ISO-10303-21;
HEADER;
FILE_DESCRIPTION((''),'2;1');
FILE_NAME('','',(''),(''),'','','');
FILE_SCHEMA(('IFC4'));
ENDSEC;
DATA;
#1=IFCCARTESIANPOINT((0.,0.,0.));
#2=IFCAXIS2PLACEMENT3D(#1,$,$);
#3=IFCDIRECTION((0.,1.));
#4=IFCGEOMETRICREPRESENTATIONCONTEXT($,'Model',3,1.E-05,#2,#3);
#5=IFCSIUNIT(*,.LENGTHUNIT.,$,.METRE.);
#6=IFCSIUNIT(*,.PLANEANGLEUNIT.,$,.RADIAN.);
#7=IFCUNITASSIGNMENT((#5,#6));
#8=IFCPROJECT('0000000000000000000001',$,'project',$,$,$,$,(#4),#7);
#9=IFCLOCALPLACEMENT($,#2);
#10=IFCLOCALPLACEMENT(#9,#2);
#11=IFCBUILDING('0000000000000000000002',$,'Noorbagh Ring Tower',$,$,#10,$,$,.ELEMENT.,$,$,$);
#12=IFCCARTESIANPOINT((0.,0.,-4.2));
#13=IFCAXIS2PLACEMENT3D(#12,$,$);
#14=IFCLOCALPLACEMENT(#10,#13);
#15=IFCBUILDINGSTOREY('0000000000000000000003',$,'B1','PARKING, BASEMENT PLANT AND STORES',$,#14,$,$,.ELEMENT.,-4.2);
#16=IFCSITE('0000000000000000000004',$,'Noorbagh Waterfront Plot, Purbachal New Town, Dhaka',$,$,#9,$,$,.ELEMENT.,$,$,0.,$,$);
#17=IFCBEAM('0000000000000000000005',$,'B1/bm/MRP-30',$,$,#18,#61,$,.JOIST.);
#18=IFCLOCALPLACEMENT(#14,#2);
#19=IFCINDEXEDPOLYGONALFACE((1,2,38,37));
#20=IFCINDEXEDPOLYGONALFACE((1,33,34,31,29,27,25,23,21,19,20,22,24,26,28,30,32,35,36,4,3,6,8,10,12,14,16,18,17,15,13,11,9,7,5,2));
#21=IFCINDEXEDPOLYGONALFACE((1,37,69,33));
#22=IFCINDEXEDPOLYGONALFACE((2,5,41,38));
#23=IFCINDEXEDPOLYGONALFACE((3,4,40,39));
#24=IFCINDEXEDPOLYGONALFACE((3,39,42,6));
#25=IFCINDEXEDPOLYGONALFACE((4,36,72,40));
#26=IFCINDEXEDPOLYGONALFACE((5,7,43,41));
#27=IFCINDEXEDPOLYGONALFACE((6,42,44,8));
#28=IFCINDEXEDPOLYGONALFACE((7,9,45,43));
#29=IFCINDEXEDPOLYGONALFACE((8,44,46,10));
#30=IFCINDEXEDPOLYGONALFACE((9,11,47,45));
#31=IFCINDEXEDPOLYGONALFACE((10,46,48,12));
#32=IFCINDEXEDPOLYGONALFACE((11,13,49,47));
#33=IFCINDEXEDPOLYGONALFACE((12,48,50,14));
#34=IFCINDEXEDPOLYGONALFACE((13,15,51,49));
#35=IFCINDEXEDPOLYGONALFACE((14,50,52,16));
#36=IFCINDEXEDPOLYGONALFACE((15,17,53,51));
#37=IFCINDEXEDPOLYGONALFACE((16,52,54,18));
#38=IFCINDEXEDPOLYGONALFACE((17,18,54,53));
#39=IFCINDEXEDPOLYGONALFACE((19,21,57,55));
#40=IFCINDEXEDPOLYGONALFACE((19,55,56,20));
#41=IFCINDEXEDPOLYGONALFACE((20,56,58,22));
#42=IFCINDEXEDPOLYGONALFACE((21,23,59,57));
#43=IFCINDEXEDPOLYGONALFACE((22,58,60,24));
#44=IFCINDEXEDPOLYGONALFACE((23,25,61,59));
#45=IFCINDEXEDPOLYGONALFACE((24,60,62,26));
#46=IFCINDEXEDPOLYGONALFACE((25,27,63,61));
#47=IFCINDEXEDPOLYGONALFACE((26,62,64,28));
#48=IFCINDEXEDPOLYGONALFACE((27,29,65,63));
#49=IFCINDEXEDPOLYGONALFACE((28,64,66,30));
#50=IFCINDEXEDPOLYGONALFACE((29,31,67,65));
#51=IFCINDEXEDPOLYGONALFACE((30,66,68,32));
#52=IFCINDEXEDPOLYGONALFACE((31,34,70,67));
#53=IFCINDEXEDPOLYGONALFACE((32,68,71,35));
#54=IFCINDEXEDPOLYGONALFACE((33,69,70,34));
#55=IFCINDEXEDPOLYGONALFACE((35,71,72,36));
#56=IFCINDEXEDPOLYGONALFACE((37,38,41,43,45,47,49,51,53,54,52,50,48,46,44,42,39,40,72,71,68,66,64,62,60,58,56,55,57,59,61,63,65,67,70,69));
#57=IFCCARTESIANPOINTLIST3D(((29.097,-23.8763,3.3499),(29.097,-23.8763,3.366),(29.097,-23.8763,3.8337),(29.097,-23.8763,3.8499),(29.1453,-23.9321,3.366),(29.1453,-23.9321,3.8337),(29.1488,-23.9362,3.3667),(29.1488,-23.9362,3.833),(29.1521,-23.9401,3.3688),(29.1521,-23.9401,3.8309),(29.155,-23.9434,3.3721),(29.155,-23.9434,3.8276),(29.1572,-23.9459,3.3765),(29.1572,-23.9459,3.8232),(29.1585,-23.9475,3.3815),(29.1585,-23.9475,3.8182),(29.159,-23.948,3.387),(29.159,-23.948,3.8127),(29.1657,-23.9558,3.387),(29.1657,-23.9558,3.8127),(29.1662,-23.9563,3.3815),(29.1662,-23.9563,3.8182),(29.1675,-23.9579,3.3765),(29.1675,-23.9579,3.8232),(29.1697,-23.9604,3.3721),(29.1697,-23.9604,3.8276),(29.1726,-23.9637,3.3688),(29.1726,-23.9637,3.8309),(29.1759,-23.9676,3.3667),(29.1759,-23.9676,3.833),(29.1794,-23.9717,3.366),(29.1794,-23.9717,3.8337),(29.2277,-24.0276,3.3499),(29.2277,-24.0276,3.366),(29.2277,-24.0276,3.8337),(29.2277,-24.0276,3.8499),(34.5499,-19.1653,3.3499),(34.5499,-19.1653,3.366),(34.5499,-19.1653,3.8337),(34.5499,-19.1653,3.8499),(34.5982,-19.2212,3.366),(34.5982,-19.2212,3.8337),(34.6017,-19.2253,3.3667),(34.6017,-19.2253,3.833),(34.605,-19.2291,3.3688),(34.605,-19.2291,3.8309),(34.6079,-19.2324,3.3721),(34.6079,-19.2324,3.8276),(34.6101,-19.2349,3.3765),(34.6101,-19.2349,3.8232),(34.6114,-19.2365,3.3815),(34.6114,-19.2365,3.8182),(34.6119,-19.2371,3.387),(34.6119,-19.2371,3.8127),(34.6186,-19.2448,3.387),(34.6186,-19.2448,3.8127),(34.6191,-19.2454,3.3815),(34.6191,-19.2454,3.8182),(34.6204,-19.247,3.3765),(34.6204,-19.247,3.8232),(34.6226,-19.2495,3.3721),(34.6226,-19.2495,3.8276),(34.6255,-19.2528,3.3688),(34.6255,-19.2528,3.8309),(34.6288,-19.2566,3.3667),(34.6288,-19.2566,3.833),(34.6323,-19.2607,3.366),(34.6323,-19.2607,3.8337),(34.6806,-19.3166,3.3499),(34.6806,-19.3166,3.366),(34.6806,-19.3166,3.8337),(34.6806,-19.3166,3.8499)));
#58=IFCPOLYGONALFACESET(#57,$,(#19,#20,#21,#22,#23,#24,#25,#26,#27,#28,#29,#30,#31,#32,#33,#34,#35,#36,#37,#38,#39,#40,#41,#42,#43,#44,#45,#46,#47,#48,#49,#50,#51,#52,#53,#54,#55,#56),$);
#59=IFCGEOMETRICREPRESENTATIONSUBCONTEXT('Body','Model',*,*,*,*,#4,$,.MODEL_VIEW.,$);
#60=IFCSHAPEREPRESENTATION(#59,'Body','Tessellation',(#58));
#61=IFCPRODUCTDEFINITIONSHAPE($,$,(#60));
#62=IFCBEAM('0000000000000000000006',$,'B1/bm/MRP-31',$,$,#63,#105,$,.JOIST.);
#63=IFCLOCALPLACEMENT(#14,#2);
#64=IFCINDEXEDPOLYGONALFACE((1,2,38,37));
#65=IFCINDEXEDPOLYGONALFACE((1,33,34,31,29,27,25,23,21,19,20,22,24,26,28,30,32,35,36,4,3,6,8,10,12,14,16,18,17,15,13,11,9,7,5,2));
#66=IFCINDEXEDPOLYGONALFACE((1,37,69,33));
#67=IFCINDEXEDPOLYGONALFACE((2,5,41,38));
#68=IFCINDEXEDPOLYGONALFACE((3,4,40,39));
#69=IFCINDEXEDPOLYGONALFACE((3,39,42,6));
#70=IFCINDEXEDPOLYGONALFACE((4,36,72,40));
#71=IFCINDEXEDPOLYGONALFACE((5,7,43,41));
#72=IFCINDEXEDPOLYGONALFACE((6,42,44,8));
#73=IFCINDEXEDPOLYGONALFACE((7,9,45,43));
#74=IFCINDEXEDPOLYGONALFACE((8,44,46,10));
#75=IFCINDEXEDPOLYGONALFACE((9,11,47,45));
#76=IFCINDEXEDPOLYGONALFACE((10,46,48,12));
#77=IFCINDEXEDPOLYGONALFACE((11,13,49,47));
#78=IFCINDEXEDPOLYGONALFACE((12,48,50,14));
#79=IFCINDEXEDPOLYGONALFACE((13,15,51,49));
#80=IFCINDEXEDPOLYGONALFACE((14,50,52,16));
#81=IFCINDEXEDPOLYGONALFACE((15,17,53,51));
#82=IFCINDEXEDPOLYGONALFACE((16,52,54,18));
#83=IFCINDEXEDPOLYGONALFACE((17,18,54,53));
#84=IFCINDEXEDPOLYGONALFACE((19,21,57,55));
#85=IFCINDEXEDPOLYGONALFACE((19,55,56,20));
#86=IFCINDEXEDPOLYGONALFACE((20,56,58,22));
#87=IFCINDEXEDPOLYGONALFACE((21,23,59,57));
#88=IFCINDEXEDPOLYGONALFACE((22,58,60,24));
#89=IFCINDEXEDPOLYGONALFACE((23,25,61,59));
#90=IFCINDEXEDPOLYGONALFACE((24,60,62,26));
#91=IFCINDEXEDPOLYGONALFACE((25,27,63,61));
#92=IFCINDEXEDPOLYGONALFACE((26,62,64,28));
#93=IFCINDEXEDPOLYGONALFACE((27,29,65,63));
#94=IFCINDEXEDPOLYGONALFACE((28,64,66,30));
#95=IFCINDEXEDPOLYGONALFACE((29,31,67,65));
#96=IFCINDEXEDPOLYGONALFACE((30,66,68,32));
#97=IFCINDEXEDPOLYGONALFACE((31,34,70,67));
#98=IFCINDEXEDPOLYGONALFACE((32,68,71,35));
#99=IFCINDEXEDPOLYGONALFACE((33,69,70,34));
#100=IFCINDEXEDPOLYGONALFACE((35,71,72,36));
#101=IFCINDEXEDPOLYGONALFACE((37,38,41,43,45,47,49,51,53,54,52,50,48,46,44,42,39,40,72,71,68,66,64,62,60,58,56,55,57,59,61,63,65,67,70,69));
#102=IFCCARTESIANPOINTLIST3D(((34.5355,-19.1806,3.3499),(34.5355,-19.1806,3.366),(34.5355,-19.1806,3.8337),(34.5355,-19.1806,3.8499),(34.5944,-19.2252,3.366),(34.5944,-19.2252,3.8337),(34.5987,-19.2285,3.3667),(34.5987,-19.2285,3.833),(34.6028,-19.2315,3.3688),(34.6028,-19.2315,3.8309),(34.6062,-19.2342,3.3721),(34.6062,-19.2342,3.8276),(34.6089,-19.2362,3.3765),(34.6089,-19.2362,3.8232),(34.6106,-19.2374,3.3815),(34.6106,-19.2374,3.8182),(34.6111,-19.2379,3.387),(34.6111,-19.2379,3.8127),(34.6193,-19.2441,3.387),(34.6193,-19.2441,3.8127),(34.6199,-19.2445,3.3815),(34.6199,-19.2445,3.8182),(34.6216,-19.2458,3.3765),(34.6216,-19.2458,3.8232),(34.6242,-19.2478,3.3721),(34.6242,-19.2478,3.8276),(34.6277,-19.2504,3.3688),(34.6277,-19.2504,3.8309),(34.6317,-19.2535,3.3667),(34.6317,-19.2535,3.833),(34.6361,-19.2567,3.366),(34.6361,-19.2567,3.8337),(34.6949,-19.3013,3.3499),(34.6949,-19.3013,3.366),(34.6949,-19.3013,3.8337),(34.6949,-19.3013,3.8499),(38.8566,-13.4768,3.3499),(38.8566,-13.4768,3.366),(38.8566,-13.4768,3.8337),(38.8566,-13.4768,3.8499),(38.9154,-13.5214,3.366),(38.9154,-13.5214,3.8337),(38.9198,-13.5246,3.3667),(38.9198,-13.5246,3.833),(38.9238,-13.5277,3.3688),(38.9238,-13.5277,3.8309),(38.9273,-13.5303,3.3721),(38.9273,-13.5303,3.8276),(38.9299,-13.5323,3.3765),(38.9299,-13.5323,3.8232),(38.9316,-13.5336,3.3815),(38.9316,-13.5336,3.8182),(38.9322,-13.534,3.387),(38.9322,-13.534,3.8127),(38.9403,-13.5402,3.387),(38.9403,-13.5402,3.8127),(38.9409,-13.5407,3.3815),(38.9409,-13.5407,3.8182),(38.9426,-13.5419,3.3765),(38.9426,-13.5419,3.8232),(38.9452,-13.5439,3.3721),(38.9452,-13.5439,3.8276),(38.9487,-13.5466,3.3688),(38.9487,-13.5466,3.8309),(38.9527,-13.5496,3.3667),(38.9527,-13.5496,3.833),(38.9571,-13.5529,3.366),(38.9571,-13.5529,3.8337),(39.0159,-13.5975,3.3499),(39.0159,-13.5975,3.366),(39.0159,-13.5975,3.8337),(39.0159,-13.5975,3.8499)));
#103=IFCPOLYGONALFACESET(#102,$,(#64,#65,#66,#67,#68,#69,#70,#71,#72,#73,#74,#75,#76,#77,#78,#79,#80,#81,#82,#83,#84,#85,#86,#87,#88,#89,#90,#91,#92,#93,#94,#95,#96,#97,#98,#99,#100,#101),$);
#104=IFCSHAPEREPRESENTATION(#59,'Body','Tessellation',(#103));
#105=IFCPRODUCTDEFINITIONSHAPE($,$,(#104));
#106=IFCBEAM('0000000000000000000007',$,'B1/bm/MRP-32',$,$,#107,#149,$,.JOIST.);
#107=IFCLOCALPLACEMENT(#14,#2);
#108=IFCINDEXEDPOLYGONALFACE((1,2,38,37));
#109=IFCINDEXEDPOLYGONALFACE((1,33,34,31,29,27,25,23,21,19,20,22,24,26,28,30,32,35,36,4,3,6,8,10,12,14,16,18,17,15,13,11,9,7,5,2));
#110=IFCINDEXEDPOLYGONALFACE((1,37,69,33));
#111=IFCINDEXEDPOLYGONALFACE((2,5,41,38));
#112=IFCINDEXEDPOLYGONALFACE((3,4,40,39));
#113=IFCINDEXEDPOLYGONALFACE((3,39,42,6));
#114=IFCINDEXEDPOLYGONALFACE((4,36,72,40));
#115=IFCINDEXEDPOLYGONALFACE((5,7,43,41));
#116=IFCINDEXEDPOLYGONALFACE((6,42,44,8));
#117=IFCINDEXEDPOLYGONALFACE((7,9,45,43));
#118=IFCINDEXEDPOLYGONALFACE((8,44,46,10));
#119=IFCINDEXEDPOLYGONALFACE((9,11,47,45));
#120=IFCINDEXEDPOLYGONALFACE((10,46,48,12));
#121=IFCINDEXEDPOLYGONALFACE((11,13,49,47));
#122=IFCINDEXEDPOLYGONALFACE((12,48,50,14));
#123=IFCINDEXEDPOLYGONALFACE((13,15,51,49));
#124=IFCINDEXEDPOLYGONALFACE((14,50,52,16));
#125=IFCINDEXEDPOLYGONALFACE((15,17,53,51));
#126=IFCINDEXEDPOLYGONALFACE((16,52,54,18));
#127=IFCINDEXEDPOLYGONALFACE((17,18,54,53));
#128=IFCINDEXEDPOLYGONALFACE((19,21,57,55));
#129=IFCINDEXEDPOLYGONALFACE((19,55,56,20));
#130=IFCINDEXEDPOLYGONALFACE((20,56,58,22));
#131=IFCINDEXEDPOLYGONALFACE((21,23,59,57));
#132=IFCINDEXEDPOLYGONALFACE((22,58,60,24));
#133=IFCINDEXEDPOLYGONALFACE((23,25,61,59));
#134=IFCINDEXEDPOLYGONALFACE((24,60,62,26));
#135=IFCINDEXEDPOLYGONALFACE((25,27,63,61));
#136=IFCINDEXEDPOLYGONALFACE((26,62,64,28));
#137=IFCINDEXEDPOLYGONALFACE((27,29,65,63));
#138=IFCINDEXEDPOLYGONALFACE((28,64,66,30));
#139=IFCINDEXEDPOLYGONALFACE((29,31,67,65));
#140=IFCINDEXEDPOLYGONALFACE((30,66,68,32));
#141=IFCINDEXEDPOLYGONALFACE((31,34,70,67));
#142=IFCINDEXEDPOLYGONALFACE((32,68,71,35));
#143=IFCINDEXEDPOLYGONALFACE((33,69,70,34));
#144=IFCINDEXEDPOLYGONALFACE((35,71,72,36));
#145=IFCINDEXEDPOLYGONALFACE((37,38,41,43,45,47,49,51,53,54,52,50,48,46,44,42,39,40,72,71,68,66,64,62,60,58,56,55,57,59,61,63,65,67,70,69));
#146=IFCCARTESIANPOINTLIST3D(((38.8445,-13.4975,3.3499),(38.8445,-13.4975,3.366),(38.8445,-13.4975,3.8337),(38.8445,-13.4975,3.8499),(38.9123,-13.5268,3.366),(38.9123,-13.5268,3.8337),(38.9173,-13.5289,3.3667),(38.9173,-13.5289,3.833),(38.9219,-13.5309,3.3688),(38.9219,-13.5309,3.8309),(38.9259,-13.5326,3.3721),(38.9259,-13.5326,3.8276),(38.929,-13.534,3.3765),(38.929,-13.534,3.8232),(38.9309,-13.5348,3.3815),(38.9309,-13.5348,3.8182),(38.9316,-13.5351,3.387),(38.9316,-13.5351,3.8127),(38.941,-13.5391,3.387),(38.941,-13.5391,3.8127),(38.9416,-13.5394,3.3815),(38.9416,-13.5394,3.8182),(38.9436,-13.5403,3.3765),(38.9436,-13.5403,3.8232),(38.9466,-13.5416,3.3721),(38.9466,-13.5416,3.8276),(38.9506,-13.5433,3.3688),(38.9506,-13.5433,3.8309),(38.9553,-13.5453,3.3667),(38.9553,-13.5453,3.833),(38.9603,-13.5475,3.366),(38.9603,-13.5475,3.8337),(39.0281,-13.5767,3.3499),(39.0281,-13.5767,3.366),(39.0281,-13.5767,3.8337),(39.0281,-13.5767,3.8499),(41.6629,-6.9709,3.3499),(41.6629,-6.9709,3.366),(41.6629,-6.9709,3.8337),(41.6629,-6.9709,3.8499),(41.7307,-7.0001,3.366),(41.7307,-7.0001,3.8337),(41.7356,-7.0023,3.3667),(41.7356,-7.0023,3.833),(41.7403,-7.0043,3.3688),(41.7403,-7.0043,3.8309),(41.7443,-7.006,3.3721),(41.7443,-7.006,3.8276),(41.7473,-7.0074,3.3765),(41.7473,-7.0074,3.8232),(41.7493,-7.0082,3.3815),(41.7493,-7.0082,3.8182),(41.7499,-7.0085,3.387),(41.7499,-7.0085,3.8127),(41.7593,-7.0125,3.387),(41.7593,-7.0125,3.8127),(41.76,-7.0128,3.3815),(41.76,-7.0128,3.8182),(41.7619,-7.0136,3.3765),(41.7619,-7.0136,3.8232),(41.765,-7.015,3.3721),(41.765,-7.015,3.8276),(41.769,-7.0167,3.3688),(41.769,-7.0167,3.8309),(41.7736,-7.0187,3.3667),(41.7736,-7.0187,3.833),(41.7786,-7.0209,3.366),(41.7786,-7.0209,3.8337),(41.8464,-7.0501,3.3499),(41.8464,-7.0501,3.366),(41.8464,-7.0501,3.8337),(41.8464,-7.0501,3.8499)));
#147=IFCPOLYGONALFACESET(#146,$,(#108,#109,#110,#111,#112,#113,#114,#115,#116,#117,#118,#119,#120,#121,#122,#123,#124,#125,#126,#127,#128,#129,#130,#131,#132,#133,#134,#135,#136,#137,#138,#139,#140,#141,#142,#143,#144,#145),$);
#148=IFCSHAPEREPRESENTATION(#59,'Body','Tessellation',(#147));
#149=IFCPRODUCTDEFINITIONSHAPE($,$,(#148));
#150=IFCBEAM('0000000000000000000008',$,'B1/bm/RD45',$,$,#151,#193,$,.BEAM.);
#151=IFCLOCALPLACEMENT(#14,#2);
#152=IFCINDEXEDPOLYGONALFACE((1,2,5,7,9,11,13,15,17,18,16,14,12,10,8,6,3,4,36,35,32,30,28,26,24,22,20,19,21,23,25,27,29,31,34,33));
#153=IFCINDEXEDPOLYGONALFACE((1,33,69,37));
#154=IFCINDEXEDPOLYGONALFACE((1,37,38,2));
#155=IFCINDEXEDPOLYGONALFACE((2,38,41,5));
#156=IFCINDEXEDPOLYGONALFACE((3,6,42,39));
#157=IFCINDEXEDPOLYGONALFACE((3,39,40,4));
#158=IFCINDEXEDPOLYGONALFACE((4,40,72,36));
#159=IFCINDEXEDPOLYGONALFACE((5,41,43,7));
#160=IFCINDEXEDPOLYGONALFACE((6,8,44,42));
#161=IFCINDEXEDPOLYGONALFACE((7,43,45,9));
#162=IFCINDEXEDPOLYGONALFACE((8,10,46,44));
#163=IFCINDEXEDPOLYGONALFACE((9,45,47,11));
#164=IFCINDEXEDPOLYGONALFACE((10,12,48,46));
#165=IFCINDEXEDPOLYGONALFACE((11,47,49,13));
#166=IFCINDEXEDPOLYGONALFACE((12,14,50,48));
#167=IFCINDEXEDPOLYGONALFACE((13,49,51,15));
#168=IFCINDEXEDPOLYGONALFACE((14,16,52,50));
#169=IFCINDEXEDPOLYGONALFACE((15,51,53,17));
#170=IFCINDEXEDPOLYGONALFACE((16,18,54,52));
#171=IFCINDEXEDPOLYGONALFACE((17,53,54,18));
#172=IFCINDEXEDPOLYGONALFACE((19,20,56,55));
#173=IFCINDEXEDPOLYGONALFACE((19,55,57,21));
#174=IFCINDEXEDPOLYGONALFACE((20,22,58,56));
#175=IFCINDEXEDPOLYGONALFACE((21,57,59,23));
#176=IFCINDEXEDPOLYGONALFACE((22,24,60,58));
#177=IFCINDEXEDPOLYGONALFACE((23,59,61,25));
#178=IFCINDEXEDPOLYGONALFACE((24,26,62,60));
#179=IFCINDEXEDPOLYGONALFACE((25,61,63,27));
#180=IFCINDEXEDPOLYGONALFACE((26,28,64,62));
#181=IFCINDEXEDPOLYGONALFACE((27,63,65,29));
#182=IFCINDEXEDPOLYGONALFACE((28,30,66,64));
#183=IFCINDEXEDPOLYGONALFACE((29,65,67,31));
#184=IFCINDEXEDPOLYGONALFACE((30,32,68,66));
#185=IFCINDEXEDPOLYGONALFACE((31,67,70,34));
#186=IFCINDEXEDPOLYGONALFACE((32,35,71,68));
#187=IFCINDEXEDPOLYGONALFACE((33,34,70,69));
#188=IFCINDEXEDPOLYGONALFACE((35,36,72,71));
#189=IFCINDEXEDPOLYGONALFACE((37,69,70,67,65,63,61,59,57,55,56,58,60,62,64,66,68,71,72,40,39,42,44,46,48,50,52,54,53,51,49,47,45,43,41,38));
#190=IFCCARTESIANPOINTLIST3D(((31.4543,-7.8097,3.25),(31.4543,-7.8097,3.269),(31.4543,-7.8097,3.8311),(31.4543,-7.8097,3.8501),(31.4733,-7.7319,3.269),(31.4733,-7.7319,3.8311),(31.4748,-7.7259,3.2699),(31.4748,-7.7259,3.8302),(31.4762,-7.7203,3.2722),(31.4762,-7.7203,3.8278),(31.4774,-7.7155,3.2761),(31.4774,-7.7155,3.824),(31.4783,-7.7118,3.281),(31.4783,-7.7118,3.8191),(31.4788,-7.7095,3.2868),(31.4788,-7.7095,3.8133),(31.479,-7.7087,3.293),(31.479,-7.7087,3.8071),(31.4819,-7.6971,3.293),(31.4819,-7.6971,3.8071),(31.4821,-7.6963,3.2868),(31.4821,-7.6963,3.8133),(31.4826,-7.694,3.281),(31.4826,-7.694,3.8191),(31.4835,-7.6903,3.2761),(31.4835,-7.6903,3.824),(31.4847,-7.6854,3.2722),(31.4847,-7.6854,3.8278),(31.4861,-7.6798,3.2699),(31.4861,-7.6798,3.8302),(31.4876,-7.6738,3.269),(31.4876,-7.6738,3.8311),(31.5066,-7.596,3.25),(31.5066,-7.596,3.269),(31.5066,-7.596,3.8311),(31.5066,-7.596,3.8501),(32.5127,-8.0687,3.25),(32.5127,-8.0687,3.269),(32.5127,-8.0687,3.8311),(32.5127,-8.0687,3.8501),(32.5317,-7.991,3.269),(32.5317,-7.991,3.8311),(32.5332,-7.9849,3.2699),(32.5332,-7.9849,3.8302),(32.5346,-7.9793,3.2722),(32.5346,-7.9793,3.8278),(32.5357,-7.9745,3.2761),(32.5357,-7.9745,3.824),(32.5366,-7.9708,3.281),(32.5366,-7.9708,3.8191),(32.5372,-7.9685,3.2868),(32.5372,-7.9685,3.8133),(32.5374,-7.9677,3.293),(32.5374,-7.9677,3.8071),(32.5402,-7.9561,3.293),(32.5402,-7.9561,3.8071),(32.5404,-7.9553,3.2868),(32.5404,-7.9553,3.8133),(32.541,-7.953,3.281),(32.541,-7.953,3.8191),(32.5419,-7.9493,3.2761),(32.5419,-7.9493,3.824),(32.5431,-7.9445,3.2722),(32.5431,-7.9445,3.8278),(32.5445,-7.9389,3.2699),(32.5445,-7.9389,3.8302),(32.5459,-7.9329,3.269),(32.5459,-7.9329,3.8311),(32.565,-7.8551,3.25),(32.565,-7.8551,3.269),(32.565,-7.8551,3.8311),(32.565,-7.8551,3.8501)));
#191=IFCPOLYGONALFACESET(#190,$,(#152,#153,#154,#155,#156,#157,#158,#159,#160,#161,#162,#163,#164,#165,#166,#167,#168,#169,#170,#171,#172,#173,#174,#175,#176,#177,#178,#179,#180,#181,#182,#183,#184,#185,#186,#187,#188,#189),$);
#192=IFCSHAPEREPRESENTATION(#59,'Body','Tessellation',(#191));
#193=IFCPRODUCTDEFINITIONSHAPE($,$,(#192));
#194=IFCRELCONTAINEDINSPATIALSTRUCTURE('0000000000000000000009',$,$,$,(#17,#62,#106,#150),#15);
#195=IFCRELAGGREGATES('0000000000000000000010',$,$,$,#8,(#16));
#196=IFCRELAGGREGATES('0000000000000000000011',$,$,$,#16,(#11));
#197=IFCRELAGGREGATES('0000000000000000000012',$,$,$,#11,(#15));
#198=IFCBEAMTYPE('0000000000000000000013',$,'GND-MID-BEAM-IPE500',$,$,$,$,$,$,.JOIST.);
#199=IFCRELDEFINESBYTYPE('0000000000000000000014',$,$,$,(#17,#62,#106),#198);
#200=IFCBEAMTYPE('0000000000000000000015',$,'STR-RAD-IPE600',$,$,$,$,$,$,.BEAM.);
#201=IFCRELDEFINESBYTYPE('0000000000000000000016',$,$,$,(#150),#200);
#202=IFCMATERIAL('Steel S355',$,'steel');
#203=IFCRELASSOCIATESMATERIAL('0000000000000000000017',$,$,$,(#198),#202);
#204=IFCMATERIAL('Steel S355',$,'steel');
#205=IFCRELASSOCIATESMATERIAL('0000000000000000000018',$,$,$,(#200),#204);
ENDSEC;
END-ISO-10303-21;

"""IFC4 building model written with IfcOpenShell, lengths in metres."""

from ifc_helpers import new_model, si_unit, direction, frame, origin, origin_2d, place, context, subcontext, project, spatial, i_section, extrude, material, material_profile, profile_set, type_object, element, save


model = new_model("IFC4")

# Units and contexts
model_context = context("Model", 3, precision=1e-05, world=origin(), true_north=direction((0.0, 1.0)))
body_context = subcontext(model_context, "Body", "Model", "MODEL_VIEW")
ifc_project = project(units=[si_unit("LENGTHUNIT", "METRE"), si_unit("PLANEANGLEUNIT", "RADIAN")], contexts=[model_context])

# Site, building, storey
site_placement = place(None, origin())
site = spatial("IfcSite", under=ifc_project, at=site_placement, Name="Noorbagh Waterfront Plot, Purbachal New Town, Dhaka", CompositionType="ELEMENT", RefElevation=0.0)
building_placement = place(site_placement, origin())
building = spatial("IfcBuilding", under=site, at=building_placement, Name="Noorbagh Ring Tower", CompositionType="ELEMENT")
storey_placement = place(building_placement, frame((0.0, 0.0, -4.2)))
storey = spatial("IfcBuildingStorey", under=building, at=storey_placement, Name="B1", Description="PARKING, BASEMENT PLANT AND STORES", CompositionType="ELEMENT", Elevation=-4.2)

# Beams
ifc_material_1 = material(Name="Steel S355", Category="steel")
ifc_material_profile_1 = material_profile(ifc_material_1, i_section(OverallWidth=0.2, OverallDepth=0.5, WebThickness=0.0103, FlangeThickness=0.0161, FilletRadius=0.021, at=origin_2d()), Name="IPE500")
ifc_profile_set_1 = profile_set([ifc_material_profile_1], Name="Steel S355")
beam_type_1 = type_object("IfcBeamType", Name="GND-MID-BEAM-IPE500", PredefinedType="JOIST", material=ifc_profile_set_1)
beam_1_placement = place(storey_placement, frame((29.1624, -23.9519, 3.5999), z_axis=(0.756711, 0.65375, 0.0), x_axis=(-0.65375, 0.756711, 0.0)))
element("IfcBeam", 1, at=beam_1_placement, inside=storey, type_object=beam_type_1, Name="B1/bm/MRP-30", PredefinedType="JOIST", context=body_context, shape_type="SweptSolid", body=[
    extrude(i_section(OverallWidth=0.2, OverallDepth=0.5, WebThickness=0.0103, FlangeThickness=0.0161, FilletRadius=0.021, at=origin_2d()), origin(), (0.0, 0.0, 1.0), 7.2061),
])
beam_2_placement = place(storey_placement, frame((34.6152, -19.241, 3.5999), z_axis=(0.603852, 0.797096, 0.0), x_axis=(-0.797096, 0.603852, 0.0)))
element("IfcBeam", 2, at=beam_2_placement, inside=storey, type_object=beam_type_1, Name="B1/bm/MRP-31", PredefinedType="JOIST", context=body_context, shape_type="SweptSolid", body=[
    extrude(i_section(OverallWidth=0.2, OverallDepth=0.5, WebThickness=0.0103, FlangeThickness=0.0161, FilletRadius=0.021, at=origin_2d()), origin(), (0.0, 0.0, 1.0), 7.1558),
])
beam_3_placement = place(storey_placement, frame((38.9363, -13.5371, 3.5999), z_axis=(0.396442, 0.91806, 0.0), x_axis=(-0.91806, 0.396442, 0.0)))
element("IfcBeam", 3, at=beam_3_placement, inside=storey, type_object=beam_type_1, Name="B1/bm/MRP-32", PredefinedType="JOIST", context=body_context, shape_type="SweptSolid", body=[
    extrude(i_section(OverallWidth=0.2, OverallDepth=0.5, WebThickness=0.0103, FlangeThickness=0.0161, FilletRadius=0.021, at=origin_2d()), origin(), (0.0, 0.0, 1.0), 7.1091),
])
ifc_material_2 = material(Name="Steel S355", Category="steel")
ifc_material_profile_2 = material_profile(ifc_material_2, i_section(OverallWidth=0.22, OverallDepth=0.6001, WebThickness=0.012, FlangeThickness=0.019, FilletRadius=0.0239, at=origin_2d()), Name="IPE600")
ifc_profile_set_2 = profile_set([ifc_material_profile_2], Name="Steel S355")
beam_type_2 = type_object("IfcBeamType", Name="STR-RAD-IPE600", PredefinedType="BEAM", material=ifc_profile_set_2)
beam_4_placement = place(storey_placement, frame((32.5388, -7.9619, 3.55), z_axis=(-0.97133, 0.237735, 0.0), x_axis=(-0.237735, -0.97133, 0.0)))
element("IfcBeam", 4, at=beam_4_placement, inside=storey, type_object=beam_type_2, Name="B1/bm/RD45", PredefinedType="BEAM", context=body_context, shape_type="SweptSolid", body=[
    extrude(i_section(OverallWidth=0.22, OverallDepth=0.6001, WebThickness=0.012, FlangeThickness=0.019, FilletRadius=0.0239, at=origin_2d()), origin(), (0.0, 0.0, 1.0), 1.0896),
])

save(model, "model.ifc")
